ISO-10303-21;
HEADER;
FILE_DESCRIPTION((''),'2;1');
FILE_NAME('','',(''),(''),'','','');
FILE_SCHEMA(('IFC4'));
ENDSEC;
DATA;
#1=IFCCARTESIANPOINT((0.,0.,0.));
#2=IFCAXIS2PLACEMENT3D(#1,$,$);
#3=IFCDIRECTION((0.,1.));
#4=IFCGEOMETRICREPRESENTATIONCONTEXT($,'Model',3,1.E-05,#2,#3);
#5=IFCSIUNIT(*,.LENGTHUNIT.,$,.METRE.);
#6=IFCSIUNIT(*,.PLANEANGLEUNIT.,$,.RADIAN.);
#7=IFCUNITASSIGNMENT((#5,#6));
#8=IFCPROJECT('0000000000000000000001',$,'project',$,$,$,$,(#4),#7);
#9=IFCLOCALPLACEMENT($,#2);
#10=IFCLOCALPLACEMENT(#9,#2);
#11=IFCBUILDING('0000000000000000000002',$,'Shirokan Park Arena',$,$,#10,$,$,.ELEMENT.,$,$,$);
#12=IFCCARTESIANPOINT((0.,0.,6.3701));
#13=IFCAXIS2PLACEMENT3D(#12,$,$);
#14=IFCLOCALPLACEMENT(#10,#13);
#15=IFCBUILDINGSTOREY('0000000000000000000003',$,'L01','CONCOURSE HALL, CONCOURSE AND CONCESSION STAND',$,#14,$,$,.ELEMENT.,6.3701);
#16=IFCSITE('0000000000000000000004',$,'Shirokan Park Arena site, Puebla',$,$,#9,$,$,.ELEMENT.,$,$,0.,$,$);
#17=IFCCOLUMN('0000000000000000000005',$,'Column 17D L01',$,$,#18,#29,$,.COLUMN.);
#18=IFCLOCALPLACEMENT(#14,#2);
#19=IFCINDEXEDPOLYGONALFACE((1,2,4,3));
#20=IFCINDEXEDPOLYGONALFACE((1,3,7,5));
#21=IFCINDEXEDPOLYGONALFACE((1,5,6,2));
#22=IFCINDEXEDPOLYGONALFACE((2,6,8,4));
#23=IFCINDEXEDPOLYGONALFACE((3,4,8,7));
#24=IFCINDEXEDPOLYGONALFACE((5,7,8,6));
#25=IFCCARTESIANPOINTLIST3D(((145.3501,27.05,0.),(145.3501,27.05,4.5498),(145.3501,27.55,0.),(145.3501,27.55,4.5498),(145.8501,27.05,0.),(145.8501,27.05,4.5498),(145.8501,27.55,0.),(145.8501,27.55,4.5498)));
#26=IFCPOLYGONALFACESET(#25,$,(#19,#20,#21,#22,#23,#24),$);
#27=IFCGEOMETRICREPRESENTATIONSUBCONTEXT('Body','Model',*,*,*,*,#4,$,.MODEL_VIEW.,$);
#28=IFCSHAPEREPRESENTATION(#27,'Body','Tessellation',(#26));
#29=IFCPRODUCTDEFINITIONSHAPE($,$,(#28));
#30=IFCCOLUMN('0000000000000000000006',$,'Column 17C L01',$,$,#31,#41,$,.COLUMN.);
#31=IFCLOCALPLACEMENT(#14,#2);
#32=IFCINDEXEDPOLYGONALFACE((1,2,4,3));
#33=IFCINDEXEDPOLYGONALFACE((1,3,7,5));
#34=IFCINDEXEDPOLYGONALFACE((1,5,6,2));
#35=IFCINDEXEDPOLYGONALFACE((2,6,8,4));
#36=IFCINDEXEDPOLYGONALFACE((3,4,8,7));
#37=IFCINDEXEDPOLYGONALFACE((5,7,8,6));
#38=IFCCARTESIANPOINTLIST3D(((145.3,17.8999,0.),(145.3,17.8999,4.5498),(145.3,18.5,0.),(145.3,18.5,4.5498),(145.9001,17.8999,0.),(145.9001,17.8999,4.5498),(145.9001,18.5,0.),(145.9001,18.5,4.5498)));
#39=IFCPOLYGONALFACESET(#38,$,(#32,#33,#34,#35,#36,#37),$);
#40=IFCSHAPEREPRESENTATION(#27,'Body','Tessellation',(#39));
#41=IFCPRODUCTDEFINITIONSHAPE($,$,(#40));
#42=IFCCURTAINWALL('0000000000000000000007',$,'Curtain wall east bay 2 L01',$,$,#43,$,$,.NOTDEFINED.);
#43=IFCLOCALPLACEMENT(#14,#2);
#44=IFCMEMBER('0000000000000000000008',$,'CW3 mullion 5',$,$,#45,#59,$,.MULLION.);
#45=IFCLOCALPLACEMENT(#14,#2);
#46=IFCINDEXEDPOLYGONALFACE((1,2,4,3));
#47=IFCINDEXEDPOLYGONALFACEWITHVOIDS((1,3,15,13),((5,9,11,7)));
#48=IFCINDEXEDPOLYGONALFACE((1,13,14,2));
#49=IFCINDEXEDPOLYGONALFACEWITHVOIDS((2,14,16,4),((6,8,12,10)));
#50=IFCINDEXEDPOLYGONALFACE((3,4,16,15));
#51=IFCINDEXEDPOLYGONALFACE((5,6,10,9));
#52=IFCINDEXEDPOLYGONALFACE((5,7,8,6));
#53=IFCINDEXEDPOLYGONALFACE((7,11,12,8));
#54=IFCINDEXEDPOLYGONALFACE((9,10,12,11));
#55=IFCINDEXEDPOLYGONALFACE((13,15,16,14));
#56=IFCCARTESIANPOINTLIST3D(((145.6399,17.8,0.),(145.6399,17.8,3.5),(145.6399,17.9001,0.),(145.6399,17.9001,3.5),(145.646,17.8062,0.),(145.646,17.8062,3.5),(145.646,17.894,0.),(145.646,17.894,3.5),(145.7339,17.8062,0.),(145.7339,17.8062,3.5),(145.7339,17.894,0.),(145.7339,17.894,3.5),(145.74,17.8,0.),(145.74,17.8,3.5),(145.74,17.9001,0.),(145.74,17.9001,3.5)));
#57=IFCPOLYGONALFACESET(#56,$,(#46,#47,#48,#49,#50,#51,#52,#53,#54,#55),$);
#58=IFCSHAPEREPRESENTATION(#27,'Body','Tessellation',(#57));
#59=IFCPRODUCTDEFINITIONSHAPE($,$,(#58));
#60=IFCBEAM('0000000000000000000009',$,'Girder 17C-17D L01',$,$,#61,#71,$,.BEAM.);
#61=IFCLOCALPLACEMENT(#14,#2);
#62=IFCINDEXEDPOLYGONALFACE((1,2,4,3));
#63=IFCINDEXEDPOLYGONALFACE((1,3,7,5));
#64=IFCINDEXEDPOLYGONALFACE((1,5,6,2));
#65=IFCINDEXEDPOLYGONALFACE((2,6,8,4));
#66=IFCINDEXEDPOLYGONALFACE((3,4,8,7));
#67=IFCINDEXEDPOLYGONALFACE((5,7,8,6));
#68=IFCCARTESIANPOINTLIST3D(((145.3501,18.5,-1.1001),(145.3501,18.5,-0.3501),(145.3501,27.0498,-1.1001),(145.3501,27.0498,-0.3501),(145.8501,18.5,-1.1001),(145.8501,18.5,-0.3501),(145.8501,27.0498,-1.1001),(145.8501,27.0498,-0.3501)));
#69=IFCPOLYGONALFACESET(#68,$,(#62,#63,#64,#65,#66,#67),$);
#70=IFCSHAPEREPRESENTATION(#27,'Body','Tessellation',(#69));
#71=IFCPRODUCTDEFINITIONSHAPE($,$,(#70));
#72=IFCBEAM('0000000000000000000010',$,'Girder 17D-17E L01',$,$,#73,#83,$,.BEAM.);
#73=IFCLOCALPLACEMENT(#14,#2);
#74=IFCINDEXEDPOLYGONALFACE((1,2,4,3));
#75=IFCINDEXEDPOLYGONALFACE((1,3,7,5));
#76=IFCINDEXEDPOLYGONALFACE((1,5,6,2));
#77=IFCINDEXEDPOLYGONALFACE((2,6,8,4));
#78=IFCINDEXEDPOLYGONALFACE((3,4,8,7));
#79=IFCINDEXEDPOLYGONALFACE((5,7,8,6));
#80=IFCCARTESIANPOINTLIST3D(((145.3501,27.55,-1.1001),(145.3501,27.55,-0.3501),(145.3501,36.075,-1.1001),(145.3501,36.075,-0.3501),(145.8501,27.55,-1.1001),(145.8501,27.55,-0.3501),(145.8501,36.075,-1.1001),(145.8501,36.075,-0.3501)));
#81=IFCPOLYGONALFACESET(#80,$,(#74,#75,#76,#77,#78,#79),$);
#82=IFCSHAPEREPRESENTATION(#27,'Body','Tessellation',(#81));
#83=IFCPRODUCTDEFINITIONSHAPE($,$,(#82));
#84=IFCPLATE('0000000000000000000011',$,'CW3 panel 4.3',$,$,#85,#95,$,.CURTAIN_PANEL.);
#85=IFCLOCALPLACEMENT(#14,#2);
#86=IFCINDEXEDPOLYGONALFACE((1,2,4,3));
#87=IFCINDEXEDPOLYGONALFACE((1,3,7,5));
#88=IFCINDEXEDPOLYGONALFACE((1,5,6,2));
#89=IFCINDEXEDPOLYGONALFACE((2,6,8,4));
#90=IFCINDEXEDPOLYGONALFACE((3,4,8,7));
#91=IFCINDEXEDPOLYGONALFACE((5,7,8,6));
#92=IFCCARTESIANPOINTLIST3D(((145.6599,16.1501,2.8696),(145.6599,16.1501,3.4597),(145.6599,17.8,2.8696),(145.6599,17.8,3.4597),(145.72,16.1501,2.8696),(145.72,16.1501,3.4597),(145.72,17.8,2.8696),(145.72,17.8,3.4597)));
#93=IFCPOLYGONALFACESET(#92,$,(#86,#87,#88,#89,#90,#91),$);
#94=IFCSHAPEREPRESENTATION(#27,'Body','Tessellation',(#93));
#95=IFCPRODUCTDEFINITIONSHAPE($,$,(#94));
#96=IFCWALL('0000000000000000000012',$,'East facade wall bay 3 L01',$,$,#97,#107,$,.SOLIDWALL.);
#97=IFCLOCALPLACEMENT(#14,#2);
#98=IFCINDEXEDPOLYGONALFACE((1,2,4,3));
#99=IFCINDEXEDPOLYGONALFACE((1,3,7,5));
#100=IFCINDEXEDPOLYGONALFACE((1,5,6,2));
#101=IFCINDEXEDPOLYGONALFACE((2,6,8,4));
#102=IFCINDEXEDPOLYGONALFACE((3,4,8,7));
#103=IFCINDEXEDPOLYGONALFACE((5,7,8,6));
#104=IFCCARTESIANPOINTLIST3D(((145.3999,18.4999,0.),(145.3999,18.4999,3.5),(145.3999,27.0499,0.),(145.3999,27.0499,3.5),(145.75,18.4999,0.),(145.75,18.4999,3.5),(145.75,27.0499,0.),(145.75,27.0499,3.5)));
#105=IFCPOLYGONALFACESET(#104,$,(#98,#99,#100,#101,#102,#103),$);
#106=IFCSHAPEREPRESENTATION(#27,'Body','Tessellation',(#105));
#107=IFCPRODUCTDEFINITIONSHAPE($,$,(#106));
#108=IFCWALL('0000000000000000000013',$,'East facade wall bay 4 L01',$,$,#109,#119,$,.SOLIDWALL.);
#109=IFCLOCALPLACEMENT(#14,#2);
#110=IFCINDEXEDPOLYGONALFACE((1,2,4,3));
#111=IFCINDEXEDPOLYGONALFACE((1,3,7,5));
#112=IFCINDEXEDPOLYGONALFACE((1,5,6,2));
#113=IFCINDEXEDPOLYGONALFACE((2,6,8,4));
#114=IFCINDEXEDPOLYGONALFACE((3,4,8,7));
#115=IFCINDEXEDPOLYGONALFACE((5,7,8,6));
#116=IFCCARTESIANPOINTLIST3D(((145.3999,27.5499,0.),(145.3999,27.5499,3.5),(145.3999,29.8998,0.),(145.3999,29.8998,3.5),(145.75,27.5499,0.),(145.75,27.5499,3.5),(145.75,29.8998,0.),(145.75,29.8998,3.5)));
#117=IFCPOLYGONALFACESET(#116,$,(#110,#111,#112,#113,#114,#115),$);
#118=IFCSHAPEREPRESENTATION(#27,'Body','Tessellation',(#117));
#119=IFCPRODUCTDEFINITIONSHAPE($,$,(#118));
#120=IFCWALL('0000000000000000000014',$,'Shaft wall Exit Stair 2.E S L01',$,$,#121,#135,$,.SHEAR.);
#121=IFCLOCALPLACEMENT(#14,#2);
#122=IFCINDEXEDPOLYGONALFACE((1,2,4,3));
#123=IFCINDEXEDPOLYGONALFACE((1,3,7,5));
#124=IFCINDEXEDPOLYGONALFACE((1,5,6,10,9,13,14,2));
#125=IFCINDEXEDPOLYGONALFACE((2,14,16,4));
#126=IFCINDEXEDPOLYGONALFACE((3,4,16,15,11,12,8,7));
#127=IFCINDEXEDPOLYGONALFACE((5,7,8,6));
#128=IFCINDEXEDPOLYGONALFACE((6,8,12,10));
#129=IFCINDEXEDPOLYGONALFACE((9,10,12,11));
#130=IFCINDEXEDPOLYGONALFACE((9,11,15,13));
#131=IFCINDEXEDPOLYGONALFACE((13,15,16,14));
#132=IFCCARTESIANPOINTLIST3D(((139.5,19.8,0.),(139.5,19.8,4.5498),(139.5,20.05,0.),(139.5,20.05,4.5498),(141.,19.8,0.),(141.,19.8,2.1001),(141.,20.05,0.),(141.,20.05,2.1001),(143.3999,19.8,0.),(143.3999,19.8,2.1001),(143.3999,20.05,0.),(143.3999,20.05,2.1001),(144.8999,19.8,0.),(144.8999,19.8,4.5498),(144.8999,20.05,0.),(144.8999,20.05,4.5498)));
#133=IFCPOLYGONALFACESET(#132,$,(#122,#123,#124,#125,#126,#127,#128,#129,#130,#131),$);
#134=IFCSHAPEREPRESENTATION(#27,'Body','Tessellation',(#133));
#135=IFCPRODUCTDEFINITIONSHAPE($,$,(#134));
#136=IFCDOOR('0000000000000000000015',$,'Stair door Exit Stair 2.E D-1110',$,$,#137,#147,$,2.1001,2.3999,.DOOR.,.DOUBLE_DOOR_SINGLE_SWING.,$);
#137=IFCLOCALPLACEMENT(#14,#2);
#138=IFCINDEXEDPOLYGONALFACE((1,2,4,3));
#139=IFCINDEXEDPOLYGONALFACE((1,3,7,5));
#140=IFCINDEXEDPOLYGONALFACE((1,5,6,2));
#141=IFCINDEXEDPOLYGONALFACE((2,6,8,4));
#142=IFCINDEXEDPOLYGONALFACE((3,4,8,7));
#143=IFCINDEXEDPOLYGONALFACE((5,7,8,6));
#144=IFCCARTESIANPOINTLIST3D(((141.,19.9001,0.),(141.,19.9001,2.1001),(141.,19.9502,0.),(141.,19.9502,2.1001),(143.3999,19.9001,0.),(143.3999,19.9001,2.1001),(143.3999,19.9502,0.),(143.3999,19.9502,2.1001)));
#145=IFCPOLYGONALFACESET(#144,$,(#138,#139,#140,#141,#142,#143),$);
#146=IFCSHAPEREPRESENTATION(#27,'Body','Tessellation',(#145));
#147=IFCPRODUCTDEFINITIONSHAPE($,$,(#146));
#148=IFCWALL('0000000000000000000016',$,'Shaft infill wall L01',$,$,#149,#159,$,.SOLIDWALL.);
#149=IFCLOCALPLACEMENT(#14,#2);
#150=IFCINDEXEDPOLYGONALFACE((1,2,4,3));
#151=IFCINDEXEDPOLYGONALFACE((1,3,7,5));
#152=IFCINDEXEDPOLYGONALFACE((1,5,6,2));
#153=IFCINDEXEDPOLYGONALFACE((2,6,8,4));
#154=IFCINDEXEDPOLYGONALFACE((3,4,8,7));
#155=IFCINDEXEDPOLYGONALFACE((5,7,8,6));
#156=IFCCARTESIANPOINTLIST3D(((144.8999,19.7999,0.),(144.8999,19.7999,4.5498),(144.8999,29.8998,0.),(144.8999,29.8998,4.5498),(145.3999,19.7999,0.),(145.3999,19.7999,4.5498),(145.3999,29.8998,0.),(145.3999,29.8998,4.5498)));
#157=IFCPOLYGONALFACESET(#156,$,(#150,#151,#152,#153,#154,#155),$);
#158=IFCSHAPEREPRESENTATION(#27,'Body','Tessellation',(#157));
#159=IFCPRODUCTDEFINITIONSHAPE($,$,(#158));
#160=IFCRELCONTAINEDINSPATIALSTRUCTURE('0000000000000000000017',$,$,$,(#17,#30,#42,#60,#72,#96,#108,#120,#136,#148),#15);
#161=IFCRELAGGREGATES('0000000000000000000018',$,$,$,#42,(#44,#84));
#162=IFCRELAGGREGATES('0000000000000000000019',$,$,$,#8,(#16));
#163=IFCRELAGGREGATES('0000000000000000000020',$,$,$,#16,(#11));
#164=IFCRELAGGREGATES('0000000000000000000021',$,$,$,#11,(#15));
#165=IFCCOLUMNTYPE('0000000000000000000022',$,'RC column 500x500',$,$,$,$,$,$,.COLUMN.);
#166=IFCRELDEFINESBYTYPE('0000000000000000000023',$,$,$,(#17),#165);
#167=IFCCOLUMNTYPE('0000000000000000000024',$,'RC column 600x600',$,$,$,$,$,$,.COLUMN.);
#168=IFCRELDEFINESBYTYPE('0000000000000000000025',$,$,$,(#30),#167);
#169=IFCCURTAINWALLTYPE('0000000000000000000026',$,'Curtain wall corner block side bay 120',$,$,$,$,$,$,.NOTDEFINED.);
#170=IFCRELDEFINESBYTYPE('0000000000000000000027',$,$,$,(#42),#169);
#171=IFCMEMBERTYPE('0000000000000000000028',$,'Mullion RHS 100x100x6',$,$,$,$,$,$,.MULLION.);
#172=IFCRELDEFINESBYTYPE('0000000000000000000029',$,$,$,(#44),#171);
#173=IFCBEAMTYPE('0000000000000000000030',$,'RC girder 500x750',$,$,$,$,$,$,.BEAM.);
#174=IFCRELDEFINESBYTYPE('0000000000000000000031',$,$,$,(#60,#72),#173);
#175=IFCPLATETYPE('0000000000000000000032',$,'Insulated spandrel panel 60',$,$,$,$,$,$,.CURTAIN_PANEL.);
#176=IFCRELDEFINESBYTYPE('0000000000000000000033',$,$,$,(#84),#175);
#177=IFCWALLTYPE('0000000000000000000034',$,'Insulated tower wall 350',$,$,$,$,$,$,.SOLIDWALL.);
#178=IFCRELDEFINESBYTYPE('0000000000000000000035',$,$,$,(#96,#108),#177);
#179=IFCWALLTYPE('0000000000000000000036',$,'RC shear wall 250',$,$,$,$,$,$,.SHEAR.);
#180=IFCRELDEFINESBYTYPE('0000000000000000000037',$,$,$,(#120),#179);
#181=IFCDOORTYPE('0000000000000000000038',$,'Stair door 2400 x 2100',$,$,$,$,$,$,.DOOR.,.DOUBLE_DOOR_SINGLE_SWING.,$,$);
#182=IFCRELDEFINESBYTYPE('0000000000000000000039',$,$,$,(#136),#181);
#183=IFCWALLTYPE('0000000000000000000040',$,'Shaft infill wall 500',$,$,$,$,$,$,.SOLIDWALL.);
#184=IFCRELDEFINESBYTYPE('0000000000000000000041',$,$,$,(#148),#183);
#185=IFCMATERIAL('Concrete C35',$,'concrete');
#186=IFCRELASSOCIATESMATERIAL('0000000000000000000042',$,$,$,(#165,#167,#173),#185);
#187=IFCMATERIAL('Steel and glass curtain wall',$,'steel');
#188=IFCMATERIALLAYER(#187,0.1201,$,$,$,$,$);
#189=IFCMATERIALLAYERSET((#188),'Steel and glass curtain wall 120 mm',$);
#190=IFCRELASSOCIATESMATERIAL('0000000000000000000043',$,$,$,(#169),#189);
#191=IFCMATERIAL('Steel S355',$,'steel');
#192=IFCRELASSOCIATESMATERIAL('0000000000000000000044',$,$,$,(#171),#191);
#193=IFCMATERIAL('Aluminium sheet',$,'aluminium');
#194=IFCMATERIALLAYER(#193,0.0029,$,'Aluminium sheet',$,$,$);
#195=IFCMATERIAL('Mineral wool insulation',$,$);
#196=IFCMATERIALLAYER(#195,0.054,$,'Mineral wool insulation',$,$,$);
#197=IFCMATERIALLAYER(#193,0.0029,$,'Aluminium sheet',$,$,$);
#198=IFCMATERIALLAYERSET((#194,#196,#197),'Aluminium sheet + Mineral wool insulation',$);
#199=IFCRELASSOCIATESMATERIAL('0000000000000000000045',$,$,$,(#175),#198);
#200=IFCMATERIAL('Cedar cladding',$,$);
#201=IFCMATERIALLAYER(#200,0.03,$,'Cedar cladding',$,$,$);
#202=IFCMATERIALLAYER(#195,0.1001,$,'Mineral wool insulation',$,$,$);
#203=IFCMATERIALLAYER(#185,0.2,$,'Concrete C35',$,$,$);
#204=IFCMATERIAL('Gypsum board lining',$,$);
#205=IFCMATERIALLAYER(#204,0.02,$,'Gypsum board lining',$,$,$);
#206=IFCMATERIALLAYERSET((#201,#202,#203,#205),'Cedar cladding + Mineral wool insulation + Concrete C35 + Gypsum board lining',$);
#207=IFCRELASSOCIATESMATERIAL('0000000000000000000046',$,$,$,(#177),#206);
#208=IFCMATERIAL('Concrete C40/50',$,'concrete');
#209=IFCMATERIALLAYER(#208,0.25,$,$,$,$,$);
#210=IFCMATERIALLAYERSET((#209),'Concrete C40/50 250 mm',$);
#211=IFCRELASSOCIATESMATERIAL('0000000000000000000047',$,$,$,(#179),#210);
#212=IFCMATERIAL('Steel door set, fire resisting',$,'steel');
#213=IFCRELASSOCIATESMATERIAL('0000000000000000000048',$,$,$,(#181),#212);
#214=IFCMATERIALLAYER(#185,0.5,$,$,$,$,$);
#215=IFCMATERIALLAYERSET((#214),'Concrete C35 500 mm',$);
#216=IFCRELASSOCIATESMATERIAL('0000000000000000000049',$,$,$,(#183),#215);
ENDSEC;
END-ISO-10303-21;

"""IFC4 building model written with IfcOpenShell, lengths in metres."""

from ifc_helpers import new_model, si_unit, direction, frame, frame_2d, origin, origin_2d, place, context, subcontext, project, spatial, rectangle, hollow_rectangle, extrude, material, layer, layer_set, material_profile, profile_set, type_object, element, fill, aggregate, save


model = new_model("IFC4")

# Units and contexts
model_context = context("Model", 3, precision=1e-05, world=origin(), true_north=direction((0.0, 1.0)))
body_context = subcontext(model_context, "Body", "Model", "MODEL_VIEW")
ifc_project = project(units=[si_unit("LENGTHUNIT", "METRE"), si_unit("PLANEANGLEUNIT", "RADIAN")], contexts=[model_context])

# Site, building, storey
site_placement = place(None, origin())
site = spatial("IfcSite", under=ifc_project, at=site_placement, Name="Shirokan Park Arena site, Puebla", CompositionType="ELEMENT", RefElevation=0.0)
building_placement = place(site_placement, origin())
building = spatial("IfcBuilding", under=site, at=building_placement, Name="Shirokan Park Arena", CompositionType="ELEMENT")
storey_placement = place(building_placement, frame((0.0, 0.0, 6.3701)))
storey = spatial("IfcBuildingStorey", under=building, at=storey_placement, Name="L01", Description="CONCOURSE HALL, CONCOURSE AND CONCESSION STAND", CompositionType="ELEMENT", Elevation=6.3701)

# Columns
ifc_material_1 = material(Name="Concrete C35", Category="concrete")
ifc_material_profile_1 = material_profile(ifc_material_1, rectangle(XDim=0.5, YDim=0.5, at=origin_2d()), Name="500x500")
ifc_profile_set_1 = profile_set([ifc_material_profile_1], Name="Concrete C35")
column_type_1 = type_object("IfcColumnType", Name="RC column 500x500", PredefinedType="COLUMN", material=ifc_profile_set_1)
column_1_placement = place(storey_placement, frame((145.6001, 27.3, 0.0), z_axis=(0.0, 0.0, 1.0), x_axis=(1.0, 0.0, 0.0)))
element("IfcColumn", 1, at=column_1_placement, inside=storey, type_object=column_type_1, Name="Column 17D L01", PredefinedType="COLUMN", context=body_context, shape_type="SweptSolid", body=[
    extrude(rectangle(XDim=0.5, YDim=0.5, at=origin_2d()), origin(), (0.0, 0.0, 1.0), 4.5498),
])
ifc_material_profile_2 = material_profile(ifc_material_1, rectangle(XDim=0.6001, YDim=0.6001, at=origin_2d()), Name="600x600")
ifc_profile_set_2 = profile_set([ifc_material_profile_2], Name="Concrete C35")
column_type_2 = type_object("IfcColumnType", Name="RC column 600x600", PredefinedType="COLUMN", material=ifc_profile_set_2)
column_2_placement = place(storey_placement, frame((145.6001, 18.2, 0.0), z_axis=(0.0, 0.0, 1.0), x_axis=(1.0, 0.0, 0.0)))
element("IfcColumn", 2, at=column_2_placement, inside=storey, type_object=column_type_2, Name="Column 17C L01", PredefinedType="COLUMN", context=body_context, shape_type="SweptSolid", body=[
    extrude(rectangle(XDim=0.6001, YDim=0.6001, at=origin_2d()), origin(), (0.0, 0.0, 1.0), 4.5498),
])

# Curtain wall, member
ifc_material_2 = material(Name="Steel and glass curtain wall", Category="steel")
ifc_layer_1 = layer(ifc_material_2, 0.1201)
ifc_layer_set_1 = layer_set([ifc_layer_1], Name="Steel and glass curtain wall 120 mm")
curtain_wall_type = type_object("IfcCurtainWallType", Name="Curtain wall corner block side bay 120", PredefinedType="NOTDEFINED", material=ifc_layer_set_1)
curtain_wall_placement = place(storey_placement, origin())
curtain_wall = element("IfcCurtainWall", 3, at=curtain_wall_placement, inside=storey, type_object=curtain_wall_type, Name="Curtain wall east bay 2 L01", PredefinedType="NOTDEFINED")
ifc_material_3 = material(Name="Steel S355", Category="steel")
ifc_material_profile_3 = material_profile(ifc_material_3, hollow_rectangle(XDim=0.1001, YDim=0.1001, WallThickness=0.0061, at=origin_2d()), Name="RHS 100x100x6")
ifc_profile_set_3 = profile_set([ifc_material_profile_3], Name="Steel S355")
member_type = type_object("IfcMemberType", Name="Mullion RHS 100x100x6", PredefinedType="MULLION", material=ifc_profile_set_3)
member_placement = place(storey_placement, frame((145.6899, 17.8501, 0.0), z_axis=(0.0, 0.0, 1.0), x_axis=(-1.0, 0.0, 0.0)))
member = element("IfcMember", 4, at=member_placement, type_object=member_type, Name="CW3 mullion 5", PredefinedType="MULLION", context=body_context, shape_type="SweptSolid", body=[
    extrude(hollow_rectangle(XDim=0.1001, YDim=0.1001, WallThickness=0.0061, at=origin_2d()), origin(), (0.0, 0.0, 1.0), 3.5),
])

# Beams
ifc_material_profile_4 = material_profile(ifc_material_1, rectangle(XDim=0.5, YDim=0.75, at=origin_2d()), Name="500x750")
ifc_profile_set_4 = profile_set([ifc_material_profile_4], Name="Concrete C35")
beam_type = type_object("IfcBeamType", Name="RC girder 500x750", PredefinedType="BEAM", material=ifc_profile_set_4)
beam_1_placement = place(storey_placement, frame((145.6001, 18.5, -0.7251), z_axis=(0.0, 1.0, 0.0), x_axis=(-1.0, 0.0, 0.0)))
element("IfcBeam", 5, at=beam_1_placement, inside=storey, type_object=beam_type, Name="Girder 17C-17D L01", PredefinedType="BEAM", context=body_context, shape_type="SweptSolid", body=[
    extrude(rectangle(XDim=0.5, YDim=0.75, at=origin_2d()), origin(), (0.0, 0.0, 1.0), 8.5498),
])
beam_2_placement = place(storey_placement, frame((145.6001, 27.55, -0.7251), z_axis=(0.0, 1.0, 0.0), x_axis=(-1.0, 0.0, 0.0)))
element("IfcBeam", 6, at=beam_2_placement, inside=storey, type_object=beam_type, Name="Girder 17D-17E L01", PredefinedType="BEAM", context=body_context, shape_type="SweptSolid", body=[
    extrude(rectangle(XDim=0.5, YDim=0.75, at=origin_2d()), origin(), (0.0, 0.0, 1.0), 8.5249),
])

# Plate
ifc_material_4 = material(Name="Aluminium sheet", Category="aluminium")
ifc_layer_2 = layer(ifc_material_4, 0.0029, Name="Aluminium sheet")
ifc_material_5 = material(Name="Mineral wool insulation")
ifc_layer_3 = layer(ifc_material_5, 0.054, Name="Mineral wool insulation")
ifc_layer_4 = layer(ifc_material_4, 0.0029, Name="Aluminium sheet")
ifc_layer_set_2 = layer_set([ifc_layer_2, ifc_layer_3, ifc_layer_4], Name="Aluminium sheet + Mineral wool insulation")
plate_type = type_object("IfcPlateType", Name="Insulated spandrel panel 60", PredefinedType="CURTAIN_PANEL", material=ifc_layer_set_2)
plate_placement = place(storey_placement, frame((145.6899, 16.9751, 2.8696), z_axis=(0.0, 0.0, 1.0), x_axis=(0.0, 1.0, 0.0)))
plate = element("IfcPlate", 7, at=plate_placement, type_object=plate_type, Name="CW3 panel 4.3", PredefinedType="CURTAIN_PANEL", context=body_context, shape_type="SweptSolid", body=[
    extrude(rectangle(XDim=1.6499, YDim=0.0601, at=origin_2d()), origin(), (0.0, 0.0, 1.0), 0.5901),
])
aggregate(curtain_wall, [member, plate])

# Walls
ifc_material_6 = material(Name="Cedar cladding")
ifc_layer_5 = layer(ifc_material_6, 0.03, Name="Cedar cladding")
ifc_layer_6 = layer(ifc_material_5, 0.1001, Name="Mineral wool insulation")
ifc_layer_7 = layer(ifc_material_1, 0.2, Name="Concrete C35")
ifc_material_7 = material(Name="Gypsum board lining")
ifc_layer_8 = layer(ifc_material_7, 0.02, Name="Gypsum board lining")
ifc_layer_set_3 = layer_set([ifc_layer_5, ifc_layer_6, ifc_layer_7, ifc_layer_8], Name="Cedar cladding + Mineral wool insulation + Concrete C35 + Gypsum board lining")
wall_type_1 = type_object("IfcWallType", Name="Insulated tower wall 350", PredefinedType="SOLIDWALL", material=ifc_layer_set_3)
wall_1_placement = place(storey_placement, frame((145.575, 18.5, 0.0), z_axis=(0.0, 0.0, 1.0), x_axis=(0.0, 1.0, 0.0)))
element("IfcWall", 8, at=wall_1_placement, inside=storey, type_object=wall_type_1, Name="East facade wall bay 3 L01", PredefinedType="SOLIDWALL", context=body_context, shape_type="SweptSolid", body=[
    extrude(rectangle(XDim=8.55, YDim=0.3501, at=frame_2d((4.2749, 0.0))), origin(), (0.0, 0.0, 1.0), 3.5),
])
wall_2_placement = place(storey_placement, frame((145.575, 27.55, 0.0), z_axis=(0.0, 0.0, 1.0), x_axis=(0.0, 1.0, 0.0)))
element("IfcWall", 9, at=wall_2_placement, inside=storey, type_object=wall_type_1, Name="East facade wall bay 4 L01", PredefinedType="SOLIDWALL", context=body_context, shape_type="SweptSolid", body=[
    extrude(rectangle(XDim=2.3499, YDim=0.3501, at=frame_2d((1.1748, 0.0))), origin(), (0.0, 0.0, 1.0), 3.5),
])

# Wall, opening, door
ifc_material_8 = material(Name="Concrete C40/50", Category="concrete")
ifc_layer_9 = layer(ifc_material_8, 0.25)
ifc_layer_set_4 = layer_set([ifc_layer_9], Name="Concrete C40/50 250 mm")
wall_type_2 = type_object("IfcWallType", Name="RC shear wall 250", PredefinedType="SHEAR", material=ifc_layer_set_4)
wall_3_placement = place(storey_placement, frame((144.8999, 19.925, 0.0), z_axis=(0.0, 0.0, 1.0), x_axis=(-1.0, 0.0, 0.0)))
wall_3 = element("IfcWall", 10, at=wall_3_placement, inside=storey, type_object=wall_type_2, Name="Shaft wall Exit Stair 2.E S L01", PredefinedType="SHEAR", context=body_context, shape_type="SweptSolid", body=[
    extrude(rectangle(XDim=5.3999, YDim=0.25, at=frame_2d((2.7, 0.0))), origin(), (0.0, 0.0, 1.0), 4.5498),
])
opening_placement = place(wall_3_placement, frame((1.5, 0.0, 0.0)))
opening = element("IfcOpeningElement", 11, at=opening_placement, cuts=wall_3, PredefinedType="OPENING", context=body_context, shape_type="SweptSolid", body=[
    extrude(rectangle(XDim=2.3999, YDim=2.1001, at=frame_2d((1.2, 1.05))), frame((0.0, 0.135, 0.0), z_axis=(0.0, -1.0, 0.0), x_axis=(1.0, 0.0, 0.0)), (0.0, 0.0, 1.0), 0.27),
])
ifc_material_9 = material(Name="Steel door set, fire resisting", Category="steel")
door_type = type_object("IfcDoorType", Name="Stair door 2400 x 2100", OperationType="DOUBLE_DOOR_SINGLE_SWING", PredefinedType="DOOR", material=ifc_material_9)
door_placement = place(opening_placement, origin())
door = element("IfcDoor", 12, at=door_placement, inside=storey, type_object=door_type, Name="Stair door Exit Stair 2.E D-1110", OperationType="DOUBLE_DOOR_SINGLE_SWING", OverallHeight=2.1001, OverallWidth=2.3999, PredefinedType="DOOR", context=body_context, shape_type="SweptSolid", body=[
    extrude(rectangle(XDim=2.3999, YDim=2.1001, at=frame_2d((1.2, 1.05))), frame((0.0, 0.0249, 0.0), z_axis=(0.0, -1.0, 0.0), x_axis=(1.0, 0.0, 0.0)), (0.0, 0.0, 1.0), 0.05),
])
fill(opening, door)

# Wall
ifc_layer_10 = layer(ifc_material_1, 0.5)
ifc_layer_set_5 = layer_set([ifc_layer_10], Name="Concrete C35 500 mm")
wall_type_3 = type_object("IfcWallType", Name="Shaft infill wall 500", PredefinedType="SOLIDWALL", material=ifc_layer_set_5)
wall_4_placement = place(storey_placement, frame((145.1499, 19.8, 0.0), z_axis=(0.0, 0.0, 1.0), x_axis=(0.0, 1.0, 0.0)))
element("IfcWall", 13, at=wall_4_placement, inside=storey, type_object=wall_type_3, Name="Shaft infill wall L01", PredefinedType="SOLIDWALL", context=body_context, shape_type="SweptSolid", body=[
    extrude(rectangle(XDim=10.0999, YDim=0.5, at=frame_2d((5.0498, 0.0))), origin(), (0.0, 0.0, 1.0), 4.5498),
])

save(model, "model.ifc")
